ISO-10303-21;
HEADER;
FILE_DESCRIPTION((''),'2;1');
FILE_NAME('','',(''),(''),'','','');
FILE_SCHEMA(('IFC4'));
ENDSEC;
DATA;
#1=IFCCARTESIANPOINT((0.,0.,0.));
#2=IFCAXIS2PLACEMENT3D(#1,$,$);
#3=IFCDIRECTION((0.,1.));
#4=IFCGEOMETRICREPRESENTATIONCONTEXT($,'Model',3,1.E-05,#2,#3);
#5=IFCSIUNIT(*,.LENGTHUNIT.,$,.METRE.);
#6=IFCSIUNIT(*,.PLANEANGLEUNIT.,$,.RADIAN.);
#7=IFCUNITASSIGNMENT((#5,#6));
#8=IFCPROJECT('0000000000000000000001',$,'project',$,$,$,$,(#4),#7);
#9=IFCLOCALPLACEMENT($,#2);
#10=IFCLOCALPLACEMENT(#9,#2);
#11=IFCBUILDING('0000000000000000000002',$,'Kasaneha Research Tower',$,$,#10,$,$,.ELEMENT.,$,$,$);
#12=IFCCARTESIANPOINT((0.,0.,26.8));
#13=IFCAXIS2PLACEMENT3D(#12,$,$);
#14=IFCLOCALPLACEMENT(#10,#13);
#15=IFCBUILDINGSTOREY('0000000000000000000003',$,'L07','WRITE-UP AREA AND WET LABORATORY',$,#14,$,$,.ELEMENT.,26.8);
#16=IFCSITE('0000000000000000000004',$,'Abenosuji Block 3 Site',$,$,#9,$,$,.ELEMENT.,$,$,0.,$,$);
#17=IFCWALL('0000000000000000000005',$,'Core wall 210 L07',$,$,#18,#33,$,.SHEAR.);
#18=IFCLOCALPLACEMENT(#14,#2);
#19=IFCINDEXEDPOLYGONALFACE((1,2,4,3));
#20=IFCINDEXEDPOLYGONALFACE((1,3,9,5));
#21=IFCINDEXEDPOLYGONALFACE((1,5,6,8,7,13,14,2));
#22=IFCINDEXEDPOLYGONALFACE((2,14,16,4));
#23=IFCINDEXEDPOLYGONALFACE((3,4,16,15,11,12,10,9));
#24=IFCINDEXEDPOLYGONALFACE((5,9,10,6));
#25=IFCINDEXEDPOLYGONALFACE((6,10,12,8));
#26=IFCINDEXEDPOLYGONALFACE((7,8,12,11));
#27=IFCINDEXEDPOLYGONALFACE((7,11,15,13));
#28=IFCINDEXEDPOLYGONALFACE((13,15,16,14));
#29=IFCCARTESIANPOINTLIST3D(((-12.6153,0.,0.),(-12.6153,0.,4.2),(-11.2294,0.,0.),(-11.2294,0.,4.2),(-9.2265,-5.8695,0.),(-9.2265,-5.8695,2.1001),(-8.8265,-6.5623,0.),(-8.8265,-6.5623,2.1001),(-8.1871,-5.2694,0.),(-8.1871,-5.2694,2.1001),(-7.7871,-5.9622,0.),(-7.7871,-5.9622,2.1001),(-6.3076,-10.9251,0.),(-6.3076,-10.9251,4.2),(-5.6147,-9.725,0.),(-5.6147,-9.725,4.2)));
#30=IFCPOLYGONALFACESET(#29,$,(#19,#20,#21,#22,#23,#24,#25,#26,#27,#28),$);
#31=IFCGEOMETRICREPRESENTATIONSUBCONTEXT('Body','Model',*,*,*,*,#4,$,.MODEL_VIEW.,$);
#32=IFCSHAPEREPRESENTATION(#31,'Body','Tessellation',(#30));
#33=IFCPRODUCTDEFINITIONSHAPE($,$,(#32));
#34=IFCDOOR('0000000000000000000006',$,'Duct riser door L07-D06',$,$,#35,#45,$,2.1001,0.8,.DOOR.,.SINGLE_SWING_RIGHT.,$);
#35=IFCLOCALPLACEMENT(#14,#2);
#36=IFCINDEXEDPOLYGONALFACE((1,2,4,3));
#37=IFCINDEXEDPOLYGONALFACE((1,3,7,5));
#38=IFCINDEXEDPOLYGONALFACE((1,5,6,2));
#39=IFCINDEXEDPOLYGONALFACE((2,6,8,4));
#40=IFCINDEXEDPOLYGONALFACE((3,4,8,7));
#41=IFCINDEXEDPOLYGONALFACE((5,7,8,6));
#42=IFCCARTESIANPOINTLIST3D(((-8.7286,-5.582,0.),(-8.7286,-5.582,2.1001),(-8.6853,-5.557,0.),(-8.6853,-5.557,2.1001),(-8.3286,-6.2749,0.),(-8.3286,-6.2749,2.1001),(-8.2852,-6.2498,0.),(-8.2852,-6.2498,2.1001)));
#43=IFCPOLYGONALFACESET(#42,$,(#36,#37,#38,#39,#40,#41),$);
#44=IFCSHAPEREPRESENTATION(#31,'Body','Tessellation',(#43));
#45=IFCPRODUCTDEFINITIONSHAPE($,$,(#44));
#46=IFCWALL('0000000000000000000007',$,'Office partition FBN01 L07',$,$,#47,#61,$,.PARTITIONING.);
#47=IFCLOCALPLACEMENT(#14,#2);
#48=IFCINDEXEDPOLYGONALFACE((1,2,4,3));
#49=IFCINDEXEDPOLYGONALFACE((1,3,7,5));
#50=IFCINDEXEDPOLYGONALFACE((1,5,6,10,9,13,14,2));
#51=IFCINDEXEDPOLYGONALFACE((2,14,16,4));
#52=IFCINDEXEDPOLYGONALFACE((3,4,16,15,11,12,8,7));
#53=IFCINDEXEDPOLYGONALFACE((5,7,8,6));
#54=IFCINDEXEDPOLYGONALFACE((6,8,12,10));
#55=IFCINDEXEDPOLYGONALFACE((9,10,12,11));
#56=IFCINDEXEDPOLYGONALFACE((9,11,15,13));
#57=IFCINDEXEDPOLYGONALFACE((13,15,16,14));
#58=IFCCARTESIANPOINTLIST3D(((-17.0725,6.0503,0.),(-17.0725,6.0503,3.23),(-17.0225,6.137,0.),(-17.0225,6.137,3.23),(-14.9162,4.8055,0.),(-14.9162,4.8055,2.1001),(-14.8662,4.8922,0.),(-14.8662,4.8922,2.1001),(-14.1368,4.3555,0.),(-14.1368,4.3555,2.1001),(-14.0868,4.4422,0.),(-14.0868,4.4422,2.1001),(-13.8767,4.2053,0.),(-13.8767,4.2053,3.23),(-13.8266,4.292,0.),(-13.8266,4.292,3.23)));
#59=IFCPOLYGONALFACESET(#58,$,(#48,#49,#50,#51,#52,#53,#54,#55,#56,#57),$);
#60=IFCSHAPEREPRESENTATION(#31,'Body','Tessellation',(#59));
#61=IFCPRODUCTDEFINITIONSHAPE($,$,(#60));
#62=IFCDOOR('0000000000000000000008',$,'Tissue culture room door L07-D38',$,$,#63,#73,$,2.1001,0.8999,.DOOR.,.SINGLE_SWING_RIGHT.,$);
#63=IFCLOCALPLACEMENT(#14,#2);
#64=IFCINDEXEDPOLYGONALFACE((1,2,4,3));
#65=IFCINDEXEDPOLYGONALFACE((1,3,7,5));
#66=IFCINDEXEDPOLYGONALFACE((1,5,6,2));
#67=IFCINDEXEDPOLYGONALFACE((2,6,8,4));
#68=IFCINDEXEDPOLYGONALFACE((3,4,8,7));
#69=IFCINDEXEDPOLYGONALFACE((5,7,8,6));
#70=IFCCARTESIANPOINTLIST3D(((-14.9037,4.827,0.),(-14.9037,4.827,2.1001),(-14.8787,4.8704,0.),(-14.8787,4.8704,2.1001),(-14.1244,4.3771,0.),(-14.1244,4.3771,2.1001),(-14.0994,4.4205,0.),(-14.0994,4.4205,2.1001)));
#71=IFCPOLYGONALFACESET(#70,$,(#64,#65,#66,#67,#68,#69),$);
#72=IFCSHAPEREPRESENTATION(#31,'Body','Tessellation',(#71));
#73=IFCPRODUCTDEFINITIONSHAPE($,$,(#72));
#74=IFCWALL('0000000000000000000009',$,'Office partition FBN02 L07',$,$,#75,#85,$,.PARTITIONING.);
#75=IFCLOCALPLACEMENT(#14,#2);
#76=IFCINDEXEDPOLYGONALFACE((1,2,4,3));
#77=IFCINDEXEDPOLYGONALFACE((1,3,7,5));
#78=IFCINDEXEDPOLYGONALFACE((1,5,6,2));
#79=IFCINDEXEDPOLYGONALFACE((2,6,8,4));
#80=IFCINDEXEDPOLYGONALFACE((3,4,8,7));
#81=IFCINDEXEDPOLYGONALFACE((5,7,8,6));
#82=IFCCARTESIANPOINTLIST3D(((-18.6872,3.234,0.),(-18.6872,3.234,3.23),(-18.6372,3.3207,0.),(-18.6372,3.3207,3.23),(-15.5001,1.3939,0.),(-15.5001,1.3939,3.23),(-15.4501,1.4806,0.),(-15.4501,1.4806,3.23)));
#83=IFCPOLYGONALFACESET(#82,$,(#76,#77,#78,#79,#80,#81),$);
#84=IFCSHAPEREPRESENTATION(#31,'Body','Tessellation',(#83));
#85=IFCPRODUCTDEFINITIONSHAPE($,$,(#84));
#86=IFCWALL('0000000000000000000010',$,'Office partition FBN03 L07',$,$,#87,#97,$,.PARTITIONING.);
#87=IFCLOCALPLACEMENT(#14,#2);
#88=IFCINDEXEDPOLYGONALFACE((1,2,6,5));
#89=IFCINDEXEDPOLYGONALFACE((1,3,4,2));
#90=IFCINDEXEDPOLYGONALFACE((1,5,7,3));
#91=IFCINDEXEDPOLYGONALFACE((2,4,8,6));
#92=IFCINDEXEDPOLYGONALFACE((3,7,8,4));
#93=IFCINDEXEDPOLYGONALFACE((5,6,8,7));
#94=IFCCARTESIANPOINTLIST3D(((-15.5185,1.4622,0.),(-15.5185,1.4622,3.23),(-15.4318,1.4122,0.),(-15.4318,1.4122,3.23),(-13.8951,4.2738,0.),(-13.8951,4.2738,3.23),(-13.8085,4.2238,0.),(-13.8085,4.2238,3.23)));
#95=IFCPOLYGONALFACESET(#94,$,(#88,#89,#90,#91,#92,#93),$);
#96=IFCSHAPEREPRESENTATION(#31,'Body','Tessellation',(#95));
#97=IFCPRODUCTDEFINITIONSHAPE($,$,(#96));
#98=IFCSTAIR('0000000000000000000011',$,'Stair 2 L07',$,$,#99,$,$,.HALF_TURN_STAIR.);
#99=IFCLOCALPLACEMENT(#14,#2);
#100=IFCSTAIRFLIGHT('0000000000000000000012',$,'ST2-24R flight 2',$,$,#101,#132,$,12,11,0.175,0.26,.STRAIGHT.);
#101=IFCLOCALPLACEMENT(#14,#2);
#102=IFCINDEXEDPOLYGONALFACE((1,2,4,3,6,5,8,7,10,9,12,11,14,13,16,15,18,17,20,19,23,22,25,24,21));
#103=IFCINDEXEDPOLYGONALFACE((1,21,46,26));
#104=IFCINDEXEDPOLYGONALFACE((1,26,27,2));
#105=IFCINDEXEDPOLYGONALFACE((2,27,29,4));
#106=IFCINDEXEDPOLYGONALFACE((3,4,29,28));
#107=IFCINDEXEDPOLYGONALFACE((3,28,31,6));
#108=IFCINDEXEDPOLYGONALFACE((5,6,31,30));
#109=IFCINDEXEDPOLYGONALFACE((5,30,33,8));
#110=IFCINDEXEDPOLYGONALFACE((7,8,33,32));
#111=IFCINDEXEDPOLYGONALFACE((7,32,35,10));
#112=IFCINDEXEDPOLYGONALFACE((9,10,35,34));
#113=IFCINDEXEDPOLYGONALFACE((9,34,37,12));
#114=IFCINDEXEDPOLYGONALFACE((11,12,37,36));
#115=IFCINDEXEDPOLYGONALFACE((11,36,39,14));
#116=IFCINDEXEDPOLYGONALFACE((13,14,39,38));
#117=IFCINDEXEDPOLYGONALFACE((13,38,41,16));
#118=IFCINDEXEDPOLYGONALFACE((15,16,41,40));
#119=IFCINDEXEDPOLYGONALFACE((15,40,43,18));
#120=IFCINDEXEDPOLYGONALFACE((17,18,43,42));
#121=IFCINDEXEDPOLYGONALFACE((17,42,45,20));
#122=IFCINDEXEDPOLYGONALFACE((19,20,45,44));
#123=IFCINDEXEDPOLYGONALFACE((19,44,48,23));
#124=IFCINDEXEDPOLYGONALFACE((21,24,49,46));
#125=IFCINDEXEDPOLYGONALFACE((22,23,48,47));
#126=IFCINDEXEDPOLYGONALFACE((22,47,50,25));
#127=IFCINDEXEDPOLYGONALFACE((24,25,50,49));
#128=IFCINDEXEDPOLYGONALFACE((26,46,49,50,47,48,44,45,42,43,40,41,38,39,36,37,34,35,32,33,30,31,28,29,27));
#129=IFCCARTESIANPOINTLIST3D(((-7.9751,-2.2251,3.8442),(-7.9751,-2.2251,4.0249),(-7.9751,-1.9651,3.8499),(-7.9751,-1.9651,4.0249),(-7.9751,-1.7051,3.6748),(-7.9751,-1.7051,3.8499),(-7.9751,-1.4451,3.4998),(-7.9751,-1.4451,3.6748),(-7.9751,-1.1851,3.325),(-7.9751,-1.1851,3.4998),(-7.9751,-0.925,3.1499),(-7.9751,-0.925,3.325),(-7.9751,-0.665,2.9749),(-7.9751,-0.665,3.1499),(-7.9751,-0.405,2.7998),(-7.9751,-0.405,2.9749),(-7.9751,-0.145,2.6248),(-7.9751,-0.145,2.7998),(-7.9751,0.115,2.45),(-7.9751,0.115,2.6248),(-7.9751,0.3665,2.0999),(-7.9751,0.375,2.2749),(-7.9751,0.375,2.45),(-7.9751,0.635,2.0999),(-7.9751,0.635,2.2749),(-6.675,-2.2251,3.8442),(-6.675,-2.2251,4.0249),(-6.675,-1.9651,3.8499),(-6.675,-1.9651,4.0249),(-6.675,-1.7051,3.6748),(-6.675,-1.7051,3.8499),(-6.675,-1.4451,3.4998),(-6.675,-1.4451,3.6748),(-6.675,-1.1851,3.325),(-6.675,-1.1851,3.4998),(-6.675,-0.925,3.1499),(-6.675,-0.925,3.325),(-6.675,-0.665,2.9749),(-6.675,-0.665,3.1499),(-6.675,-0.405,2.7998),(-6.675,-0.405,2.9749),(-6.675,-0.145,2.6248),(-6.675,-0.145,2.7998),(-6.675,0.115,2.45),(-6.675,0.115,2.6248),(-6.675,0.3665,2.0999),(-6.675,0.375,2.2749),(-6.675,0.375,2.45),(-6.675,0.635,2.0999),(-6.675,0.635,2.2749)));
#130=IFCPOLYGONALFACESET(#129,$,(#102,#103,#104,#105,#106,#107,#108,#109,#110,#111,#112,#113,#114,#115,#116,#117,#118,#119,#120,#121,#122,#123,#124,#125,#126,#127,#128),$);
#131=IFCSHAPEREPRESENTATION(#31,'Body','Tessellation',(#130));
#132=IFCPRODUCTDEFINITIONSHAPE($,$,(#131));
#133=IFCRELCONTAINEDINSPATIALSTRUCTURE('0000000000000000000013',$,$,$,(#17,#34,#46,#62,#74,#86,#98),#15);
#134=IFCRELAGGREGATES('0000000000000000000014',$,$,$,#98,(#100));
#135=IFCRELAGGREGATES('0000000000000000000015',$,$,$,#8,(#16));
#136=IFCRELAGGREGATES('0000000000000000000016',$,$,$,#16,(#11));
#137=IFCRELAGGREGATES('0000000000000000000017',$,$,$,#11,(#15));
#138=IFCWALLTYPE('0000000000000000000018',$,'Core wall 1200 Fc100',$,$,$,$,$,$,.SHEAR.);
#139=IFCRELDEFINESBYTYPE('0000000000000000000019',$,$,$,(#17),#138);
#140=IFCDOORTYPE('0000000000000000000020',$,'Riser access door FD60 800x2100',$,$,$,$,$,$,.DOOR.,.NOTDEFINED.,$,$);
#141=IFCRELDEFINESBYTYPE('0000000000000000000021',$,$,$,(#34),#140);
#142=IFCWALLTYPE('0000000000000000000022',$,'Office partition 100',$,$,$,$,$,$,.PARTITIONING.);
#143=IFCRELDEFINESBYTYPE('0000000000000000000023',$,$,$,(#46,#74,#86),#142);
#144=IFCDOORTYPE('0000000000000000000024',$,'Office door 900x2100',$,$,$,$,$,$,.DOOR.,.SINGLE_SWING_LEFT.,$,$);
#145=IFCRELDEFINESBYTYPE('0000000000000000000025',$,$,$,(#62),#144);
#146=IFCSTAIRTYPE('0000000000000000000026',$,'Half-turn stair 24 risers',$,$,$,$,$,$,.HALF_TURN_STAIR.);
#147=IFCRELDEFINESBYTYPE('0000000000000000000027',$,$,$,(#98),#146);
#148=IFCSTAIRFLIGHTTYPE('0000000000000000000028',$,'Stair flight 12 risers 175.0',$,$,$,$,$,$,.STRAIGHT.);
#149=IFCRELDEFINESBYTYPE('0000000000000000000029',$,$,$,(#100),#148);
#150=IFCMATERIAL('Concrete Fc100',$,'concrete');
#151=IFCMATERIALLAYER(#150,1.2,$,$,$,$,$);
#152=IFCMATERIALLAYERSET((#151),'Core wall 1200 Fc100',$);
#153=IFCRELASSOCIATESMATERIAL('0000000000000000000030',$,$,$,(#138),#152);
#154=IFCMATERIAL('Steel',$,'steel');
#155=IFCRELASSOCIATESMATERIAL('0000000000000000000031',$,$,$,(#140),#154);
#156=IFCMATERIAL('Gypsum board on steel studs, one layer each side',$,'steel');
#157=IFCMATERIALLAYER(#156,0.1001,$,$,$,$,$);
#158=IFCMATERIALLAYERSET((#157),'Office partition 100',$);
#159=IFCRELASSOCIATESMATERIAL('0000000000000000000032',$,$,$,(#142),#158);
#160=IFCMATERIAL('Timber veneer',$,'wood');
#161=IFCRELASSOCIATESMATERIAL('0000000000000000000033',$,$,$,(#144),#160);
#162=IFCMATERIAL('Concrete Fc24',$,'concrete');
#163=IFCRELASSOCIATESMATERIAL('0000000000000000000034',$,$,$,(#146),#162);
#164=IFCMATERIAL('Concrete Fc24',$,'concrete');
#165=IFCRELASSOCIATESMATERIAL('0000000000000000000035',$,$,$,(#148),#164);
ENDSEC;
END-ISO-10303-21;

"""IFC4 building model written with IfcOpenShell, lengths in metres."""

from ifc_helpers import new_model, si_unit, direction, frame, frame_2d, origin, place, context, subcontext, project, spatial, polyline, rectangle, outline, extrude, material, layer, layer_set, type_object, element, fill, aggregate, save


model = new_model("IFC4")

# Units and contexts
model_context = context("Model", 3, precision=1e-05, world=origin(), true_north=direction((0.0, 1.0)))
body_context = subcontext(model_context, "Body", "Model", "MODEL_VIEW")
ifc_project = project(units=[si_unit("LENGTHUNIT", "METRE"), si_unit("PLANEANGLEUNIT", "RADIAN")], contexts=[model_context])

# Site, building, storey
site_placement = place(None, origin())
site = spatial("IfcSite", under=ifc_project, at=site_placement, Name="Abenosuji Block 3 Site", CompositionType="ELEMENT", RefElevation=0.0)
building_placement = place(site_placement, origin())
building = spatial("IfcBuilding", under=site, at=building_placement, Name="Kasaneha Research Tower", CompositionType="ELEMENT")
storey_placement = place(building_placement, frame((0.0, 0.0, 26.8)))
storey = spatial("IfcBuildingStorey", under=building, at=storey_placement, Name="L07", Description="WRITE-UP AREA AND WET LABORATORY", CompositionType="ELEMENT", Elevation=26.8)

# Walls, openings, doors
ifc_material_1 = material(Name="Concrete Fc100", Category="concrete")
ifc_layer_1 = layer(ifc_material_1, 1.2)
ifc_layer_set_1 = layer_set([ifc_layer_1], Name="Core wall 1200 Fc100")
wall_type_1 = type_object("IfcWallType", Name="Core wall 1200 Fc100", PredefinedType="SHEAR", material=ifc_layer_set_1)
wall_1_placement = place(storey_placement, frame((-11.9224, 0.0, 0.0), z_axis=(0.0, 0.0, 1.0), x_axis=(0.500004, -0.866023, 0.0)))
wall_1 = element("IfcWall", 1, at=wall_1_placement, inside=storey, type_object=wall_type_1, Name="Core wall 210 L07", PredefinedType="SHEAR", context=body_context, shape_type="SweptSolid", body=[
    extrude(outline(polyline([(-0.3464, -0.6001), (6.4312, -0.6001), (7.2312, -0.6001), (12.2688, -0.6001), (11.5759, 0.6001), (7.2312, 0.6001), (6.4312, 0.6001), (0.3464, 0.6001), (-0.3464, -0.6001)])), origin(), (0.0, 0.0, 1.0), 4.2),
])
opening_1_placement = place(wall_1_placement, frame((6.4312, 0.0, 0.0)))
opening_1 = element("IfcOpeningElement", 2, at=opening_1_placement, cuts=wall_1, PredefinedType="OPENING", context=body_context, shape_type="SweptSolid", body=[
    extrude(rectangle(XDim=0.8, YDim=2.1001, at=frame_2d((0.3999, 1.05))), frame((0.0, 0.6099, 0.0), z_axis=(0.0, -1.0, 0.0), x_axis=(1.0, 0.0, 0.0)), (0.0, 0.0, 1.0), 1.22),
])
ifc_material_2 = material(Name="Steel", Category="steel")
door_type_1 = type_object("IfcDoorType", Name="Riser access door FD60 800x2100", OperationType="NOTDEFINED", PredefinedType="DOOR", material=ifc_material_2)
door_1_placement = place(opening_1_placement, origin())
door_1 = element("IfcDoor", 3, at=door_1_placement, inside=storey, type_object=door_type_1, Name="Duct riser door L07-D06", OperationType="SINGLE_SWING_RIGHT", OverallHeight=2.1001, OverallWidth=0.8, PredefinedType="DOOR", context=body_context, shape_type="SweptSolid", body=[
    extrude(rectangle(XDim=0.8, YDim=2.1001, at=frame_2d((0.3999, 1.05))), frame((0.0, 0.0249, 0.0), z_axis=(0.0, -1.0, 0.0), x_axis=(1.0, 0.0, 0.0)), (0.0, 0.0, 1.0), 0.05),
])
fill(opening_1, door_1)
ifc_material_3 = material(Name="Gypsum board on steel studs, one layer each side", Category="steel")
ifc_layer_2 = layer(ifc_material_3, 0.1001)
ifc_layer_set_2 = layer_set([ifc_layer_2], Name="Office partition 100")
wall_type_2 = type_object("IfcWallType", Name="Office partition 100", PredefinedType="PARTITIONING", material=ifc_layer_set_2)
wall_2_placement = place(storey_placement, frame((-17.0476, 6.0938, 0.0), z_axis=(0.0, 0.0, 1.0), x_axis=(0.86604, -0.499974, 0.0)))
wall_2 = element("IfcWall", 4, at=wall_2_placement, inside=storey, type_object=wall_type_2, Name="Office partition FBN01 L07", PredefinedType="PARTITIONING", context=body_context, shape_type="SweptSolid", body=[
    extrude(rectangle(XDim=3.6902, YDim=0.1001, at=frame_2d((1.8452, 0.0))), origin(), (0.0, 0.0, 1.0), 3.23),
])
opening_2_placement = place(wall_2_placement, frame((2.49, 0.0, 0.0)))
opening_2 = element("IfcOpeningElement", 5, at=opening_2_placement, cuts=wall_2, PredefinedType="OPENING", context=body_context, shape_type="SweptSolid", body=[
    extrude(rectangle(XDim=0.8999, YDim=2.1001, at=frame_2d((0.45, 1.05))), frame((0.0, 0.0601, 0.0), z_axis=(0.0, -1.0, 0.0), x_axis=(1.0, 0.0, 0.0)), (0.0, 0.0, 1.0), 0.1201),
])
ifc_material_4 = material(Name="Timber veneer", Category="wood")
door_type_2 = type_object("IfcDoorType", Name="Office door 900x2100", OperationType="SINGLE_SWING_LEFT", PredefinedType="DOOR", material=ifc_material_4)
door_2_placement = place(opening_2_placement, origin())
door_2 = element("IfcDoor", 6, at=door_2_placement, inside=storey, type_object=door_type_2, Name="Tissue culture room door L07-D38", OperationType="SINGLE_SWING_RIGHT", OverallHeight=2.1001, OverallWidth=0.8999, PredefinedType="DOOR", context=body_context, shape_type="SweptSolid", body=[
    extrude(rectangle(XDim=0.8999, YDim=2.1001, at=frame_2d((0.45, 1.05))), frame((0.0, 0.0249, 0.0), z_axis=(0.0, -1.0, 0.0), x_axis=(1.0, 0.0, 0.0)), (0.0, 0.0, 1.0), 0.05),
])
fill(opening_2, door_2)

# Walls
wall_3_placement = place(storey_placement, frame((-15.4751, 1.4373, 0.0), z_axis=(0.0, 0.0, 1.0), x_axis=(-0.866018, 0.500013, 0.0)))
element("IfcWall", 7, at=wall_3_placement, inside=storey, type_object=wall_type_2, Name="Office partition FBN02 L07", PredefinedType="PARTITIONING", context=body_context, shape_type="SweptSolid", body=[
    extrude(rectangle(XDim=3.6802, YDim=0.1001, at=frame_2d((1.8401, 0.0))), origin(), (0.0, 0.0, 1.0), 3.23),
])
wall_4_placement = place(storey_placement, frame((-13.8518, 4.2488, 0.0), z_axis=(0.0, 0.0, 1.0), x_axis=(-0.500013, -0.866018, 0.0)))
element("IfcWall", 8, at=wall_4_placement, inside=storey, type_object=wall_type_2, Name="Office partition FBN03 L07", PredefinedType="PARTITIONING", context=body_context, shape_type="SweptSolid", body=[
    extrude(rectangle(XDim=3.2466, YDim=0.1001, at=frame_2d((1.6233, 0.0))), origin(), (0.0, 0.0, 1.0), 3.23),
])

# Stair, stair flight
ifc_material_5 = material(Name="Concrete Fc24", Category="concrete")
stair_type = type_object("IfcStairType", Name="Half-turn stair 24 risers", PredefinedType="HALF_TURN_STAIR", material=ifc_material_5)
stair_placement = place(storey_placement, origin())
stair = element("IfcStair", 9, at=stair_placement, inside=storey, type_object=stair_type, Name="Stair 2 L07", PredefinedType="HALF_TURN_STAIR")
ifc_material_6 = material(Name="Concrete Fc24", Category="concrete")
stair_flight_type = type_object("IfcStairFlightType", Name="Stair flight 12 risers 175.0", PredefinedType="STRAIGHT", material=ifc_material_6)
stair_flight_placement = place(storey_placement, frame((-7.325, 0.635, 2.0999), z_axis=(0.0, 0.0, 1.0), x_axis=(0.0, -1.0, 0.0)))
stair_flight = element("IfcStairFlight", 10, at=stair_flight_placement, type_object=stair_flight_type, Name="ST2-24R flight 2", NumberOfRisers=12, NumberOfTreads=11, PredefinedType="STRAIGHT", RiserHeight=0.175, TreadLength=0.26, context=body_context, shape_type="SweptSolid", body=[
    extrude(outline(polyline([(0.0, 0.0), (0.0, 0.175), (0.26, 0.175), (0.26, 0.3501), (0.52, 0.3501), (0.52, 0.5249), (0.78, 0.5249), (0.78, 0.7), (1.04, 0.7), (1.04, 0.875), (1.3, 0.875), (1.3, 1.05), (1.5601, 1.05), (1.5601, 1.2251), (1.8201, 1.2251), (1.8201, 1.3999), (2.0801, 1.3999), (2.0801, 1.575), (2.3401, 1.575), (2.3401, 1.75), (2.6001, 1.75), (2.6001, 1.925), (2.8601, 1.925), (2.8601, 2.1001), (2.8601, 1.7444), (0.2686, 0.0), (0.0, 0.0)])), frame((0.0, 0.6499, 0.0), z_axis=(0.0, -1.0, 0.0), x_axis=(1.0, 0.0, 0.0)), (0.0, 0.0, 1.0), 1.3),
])
aggregate(stair, [stair_flight])

save(model, "model.ifc")
